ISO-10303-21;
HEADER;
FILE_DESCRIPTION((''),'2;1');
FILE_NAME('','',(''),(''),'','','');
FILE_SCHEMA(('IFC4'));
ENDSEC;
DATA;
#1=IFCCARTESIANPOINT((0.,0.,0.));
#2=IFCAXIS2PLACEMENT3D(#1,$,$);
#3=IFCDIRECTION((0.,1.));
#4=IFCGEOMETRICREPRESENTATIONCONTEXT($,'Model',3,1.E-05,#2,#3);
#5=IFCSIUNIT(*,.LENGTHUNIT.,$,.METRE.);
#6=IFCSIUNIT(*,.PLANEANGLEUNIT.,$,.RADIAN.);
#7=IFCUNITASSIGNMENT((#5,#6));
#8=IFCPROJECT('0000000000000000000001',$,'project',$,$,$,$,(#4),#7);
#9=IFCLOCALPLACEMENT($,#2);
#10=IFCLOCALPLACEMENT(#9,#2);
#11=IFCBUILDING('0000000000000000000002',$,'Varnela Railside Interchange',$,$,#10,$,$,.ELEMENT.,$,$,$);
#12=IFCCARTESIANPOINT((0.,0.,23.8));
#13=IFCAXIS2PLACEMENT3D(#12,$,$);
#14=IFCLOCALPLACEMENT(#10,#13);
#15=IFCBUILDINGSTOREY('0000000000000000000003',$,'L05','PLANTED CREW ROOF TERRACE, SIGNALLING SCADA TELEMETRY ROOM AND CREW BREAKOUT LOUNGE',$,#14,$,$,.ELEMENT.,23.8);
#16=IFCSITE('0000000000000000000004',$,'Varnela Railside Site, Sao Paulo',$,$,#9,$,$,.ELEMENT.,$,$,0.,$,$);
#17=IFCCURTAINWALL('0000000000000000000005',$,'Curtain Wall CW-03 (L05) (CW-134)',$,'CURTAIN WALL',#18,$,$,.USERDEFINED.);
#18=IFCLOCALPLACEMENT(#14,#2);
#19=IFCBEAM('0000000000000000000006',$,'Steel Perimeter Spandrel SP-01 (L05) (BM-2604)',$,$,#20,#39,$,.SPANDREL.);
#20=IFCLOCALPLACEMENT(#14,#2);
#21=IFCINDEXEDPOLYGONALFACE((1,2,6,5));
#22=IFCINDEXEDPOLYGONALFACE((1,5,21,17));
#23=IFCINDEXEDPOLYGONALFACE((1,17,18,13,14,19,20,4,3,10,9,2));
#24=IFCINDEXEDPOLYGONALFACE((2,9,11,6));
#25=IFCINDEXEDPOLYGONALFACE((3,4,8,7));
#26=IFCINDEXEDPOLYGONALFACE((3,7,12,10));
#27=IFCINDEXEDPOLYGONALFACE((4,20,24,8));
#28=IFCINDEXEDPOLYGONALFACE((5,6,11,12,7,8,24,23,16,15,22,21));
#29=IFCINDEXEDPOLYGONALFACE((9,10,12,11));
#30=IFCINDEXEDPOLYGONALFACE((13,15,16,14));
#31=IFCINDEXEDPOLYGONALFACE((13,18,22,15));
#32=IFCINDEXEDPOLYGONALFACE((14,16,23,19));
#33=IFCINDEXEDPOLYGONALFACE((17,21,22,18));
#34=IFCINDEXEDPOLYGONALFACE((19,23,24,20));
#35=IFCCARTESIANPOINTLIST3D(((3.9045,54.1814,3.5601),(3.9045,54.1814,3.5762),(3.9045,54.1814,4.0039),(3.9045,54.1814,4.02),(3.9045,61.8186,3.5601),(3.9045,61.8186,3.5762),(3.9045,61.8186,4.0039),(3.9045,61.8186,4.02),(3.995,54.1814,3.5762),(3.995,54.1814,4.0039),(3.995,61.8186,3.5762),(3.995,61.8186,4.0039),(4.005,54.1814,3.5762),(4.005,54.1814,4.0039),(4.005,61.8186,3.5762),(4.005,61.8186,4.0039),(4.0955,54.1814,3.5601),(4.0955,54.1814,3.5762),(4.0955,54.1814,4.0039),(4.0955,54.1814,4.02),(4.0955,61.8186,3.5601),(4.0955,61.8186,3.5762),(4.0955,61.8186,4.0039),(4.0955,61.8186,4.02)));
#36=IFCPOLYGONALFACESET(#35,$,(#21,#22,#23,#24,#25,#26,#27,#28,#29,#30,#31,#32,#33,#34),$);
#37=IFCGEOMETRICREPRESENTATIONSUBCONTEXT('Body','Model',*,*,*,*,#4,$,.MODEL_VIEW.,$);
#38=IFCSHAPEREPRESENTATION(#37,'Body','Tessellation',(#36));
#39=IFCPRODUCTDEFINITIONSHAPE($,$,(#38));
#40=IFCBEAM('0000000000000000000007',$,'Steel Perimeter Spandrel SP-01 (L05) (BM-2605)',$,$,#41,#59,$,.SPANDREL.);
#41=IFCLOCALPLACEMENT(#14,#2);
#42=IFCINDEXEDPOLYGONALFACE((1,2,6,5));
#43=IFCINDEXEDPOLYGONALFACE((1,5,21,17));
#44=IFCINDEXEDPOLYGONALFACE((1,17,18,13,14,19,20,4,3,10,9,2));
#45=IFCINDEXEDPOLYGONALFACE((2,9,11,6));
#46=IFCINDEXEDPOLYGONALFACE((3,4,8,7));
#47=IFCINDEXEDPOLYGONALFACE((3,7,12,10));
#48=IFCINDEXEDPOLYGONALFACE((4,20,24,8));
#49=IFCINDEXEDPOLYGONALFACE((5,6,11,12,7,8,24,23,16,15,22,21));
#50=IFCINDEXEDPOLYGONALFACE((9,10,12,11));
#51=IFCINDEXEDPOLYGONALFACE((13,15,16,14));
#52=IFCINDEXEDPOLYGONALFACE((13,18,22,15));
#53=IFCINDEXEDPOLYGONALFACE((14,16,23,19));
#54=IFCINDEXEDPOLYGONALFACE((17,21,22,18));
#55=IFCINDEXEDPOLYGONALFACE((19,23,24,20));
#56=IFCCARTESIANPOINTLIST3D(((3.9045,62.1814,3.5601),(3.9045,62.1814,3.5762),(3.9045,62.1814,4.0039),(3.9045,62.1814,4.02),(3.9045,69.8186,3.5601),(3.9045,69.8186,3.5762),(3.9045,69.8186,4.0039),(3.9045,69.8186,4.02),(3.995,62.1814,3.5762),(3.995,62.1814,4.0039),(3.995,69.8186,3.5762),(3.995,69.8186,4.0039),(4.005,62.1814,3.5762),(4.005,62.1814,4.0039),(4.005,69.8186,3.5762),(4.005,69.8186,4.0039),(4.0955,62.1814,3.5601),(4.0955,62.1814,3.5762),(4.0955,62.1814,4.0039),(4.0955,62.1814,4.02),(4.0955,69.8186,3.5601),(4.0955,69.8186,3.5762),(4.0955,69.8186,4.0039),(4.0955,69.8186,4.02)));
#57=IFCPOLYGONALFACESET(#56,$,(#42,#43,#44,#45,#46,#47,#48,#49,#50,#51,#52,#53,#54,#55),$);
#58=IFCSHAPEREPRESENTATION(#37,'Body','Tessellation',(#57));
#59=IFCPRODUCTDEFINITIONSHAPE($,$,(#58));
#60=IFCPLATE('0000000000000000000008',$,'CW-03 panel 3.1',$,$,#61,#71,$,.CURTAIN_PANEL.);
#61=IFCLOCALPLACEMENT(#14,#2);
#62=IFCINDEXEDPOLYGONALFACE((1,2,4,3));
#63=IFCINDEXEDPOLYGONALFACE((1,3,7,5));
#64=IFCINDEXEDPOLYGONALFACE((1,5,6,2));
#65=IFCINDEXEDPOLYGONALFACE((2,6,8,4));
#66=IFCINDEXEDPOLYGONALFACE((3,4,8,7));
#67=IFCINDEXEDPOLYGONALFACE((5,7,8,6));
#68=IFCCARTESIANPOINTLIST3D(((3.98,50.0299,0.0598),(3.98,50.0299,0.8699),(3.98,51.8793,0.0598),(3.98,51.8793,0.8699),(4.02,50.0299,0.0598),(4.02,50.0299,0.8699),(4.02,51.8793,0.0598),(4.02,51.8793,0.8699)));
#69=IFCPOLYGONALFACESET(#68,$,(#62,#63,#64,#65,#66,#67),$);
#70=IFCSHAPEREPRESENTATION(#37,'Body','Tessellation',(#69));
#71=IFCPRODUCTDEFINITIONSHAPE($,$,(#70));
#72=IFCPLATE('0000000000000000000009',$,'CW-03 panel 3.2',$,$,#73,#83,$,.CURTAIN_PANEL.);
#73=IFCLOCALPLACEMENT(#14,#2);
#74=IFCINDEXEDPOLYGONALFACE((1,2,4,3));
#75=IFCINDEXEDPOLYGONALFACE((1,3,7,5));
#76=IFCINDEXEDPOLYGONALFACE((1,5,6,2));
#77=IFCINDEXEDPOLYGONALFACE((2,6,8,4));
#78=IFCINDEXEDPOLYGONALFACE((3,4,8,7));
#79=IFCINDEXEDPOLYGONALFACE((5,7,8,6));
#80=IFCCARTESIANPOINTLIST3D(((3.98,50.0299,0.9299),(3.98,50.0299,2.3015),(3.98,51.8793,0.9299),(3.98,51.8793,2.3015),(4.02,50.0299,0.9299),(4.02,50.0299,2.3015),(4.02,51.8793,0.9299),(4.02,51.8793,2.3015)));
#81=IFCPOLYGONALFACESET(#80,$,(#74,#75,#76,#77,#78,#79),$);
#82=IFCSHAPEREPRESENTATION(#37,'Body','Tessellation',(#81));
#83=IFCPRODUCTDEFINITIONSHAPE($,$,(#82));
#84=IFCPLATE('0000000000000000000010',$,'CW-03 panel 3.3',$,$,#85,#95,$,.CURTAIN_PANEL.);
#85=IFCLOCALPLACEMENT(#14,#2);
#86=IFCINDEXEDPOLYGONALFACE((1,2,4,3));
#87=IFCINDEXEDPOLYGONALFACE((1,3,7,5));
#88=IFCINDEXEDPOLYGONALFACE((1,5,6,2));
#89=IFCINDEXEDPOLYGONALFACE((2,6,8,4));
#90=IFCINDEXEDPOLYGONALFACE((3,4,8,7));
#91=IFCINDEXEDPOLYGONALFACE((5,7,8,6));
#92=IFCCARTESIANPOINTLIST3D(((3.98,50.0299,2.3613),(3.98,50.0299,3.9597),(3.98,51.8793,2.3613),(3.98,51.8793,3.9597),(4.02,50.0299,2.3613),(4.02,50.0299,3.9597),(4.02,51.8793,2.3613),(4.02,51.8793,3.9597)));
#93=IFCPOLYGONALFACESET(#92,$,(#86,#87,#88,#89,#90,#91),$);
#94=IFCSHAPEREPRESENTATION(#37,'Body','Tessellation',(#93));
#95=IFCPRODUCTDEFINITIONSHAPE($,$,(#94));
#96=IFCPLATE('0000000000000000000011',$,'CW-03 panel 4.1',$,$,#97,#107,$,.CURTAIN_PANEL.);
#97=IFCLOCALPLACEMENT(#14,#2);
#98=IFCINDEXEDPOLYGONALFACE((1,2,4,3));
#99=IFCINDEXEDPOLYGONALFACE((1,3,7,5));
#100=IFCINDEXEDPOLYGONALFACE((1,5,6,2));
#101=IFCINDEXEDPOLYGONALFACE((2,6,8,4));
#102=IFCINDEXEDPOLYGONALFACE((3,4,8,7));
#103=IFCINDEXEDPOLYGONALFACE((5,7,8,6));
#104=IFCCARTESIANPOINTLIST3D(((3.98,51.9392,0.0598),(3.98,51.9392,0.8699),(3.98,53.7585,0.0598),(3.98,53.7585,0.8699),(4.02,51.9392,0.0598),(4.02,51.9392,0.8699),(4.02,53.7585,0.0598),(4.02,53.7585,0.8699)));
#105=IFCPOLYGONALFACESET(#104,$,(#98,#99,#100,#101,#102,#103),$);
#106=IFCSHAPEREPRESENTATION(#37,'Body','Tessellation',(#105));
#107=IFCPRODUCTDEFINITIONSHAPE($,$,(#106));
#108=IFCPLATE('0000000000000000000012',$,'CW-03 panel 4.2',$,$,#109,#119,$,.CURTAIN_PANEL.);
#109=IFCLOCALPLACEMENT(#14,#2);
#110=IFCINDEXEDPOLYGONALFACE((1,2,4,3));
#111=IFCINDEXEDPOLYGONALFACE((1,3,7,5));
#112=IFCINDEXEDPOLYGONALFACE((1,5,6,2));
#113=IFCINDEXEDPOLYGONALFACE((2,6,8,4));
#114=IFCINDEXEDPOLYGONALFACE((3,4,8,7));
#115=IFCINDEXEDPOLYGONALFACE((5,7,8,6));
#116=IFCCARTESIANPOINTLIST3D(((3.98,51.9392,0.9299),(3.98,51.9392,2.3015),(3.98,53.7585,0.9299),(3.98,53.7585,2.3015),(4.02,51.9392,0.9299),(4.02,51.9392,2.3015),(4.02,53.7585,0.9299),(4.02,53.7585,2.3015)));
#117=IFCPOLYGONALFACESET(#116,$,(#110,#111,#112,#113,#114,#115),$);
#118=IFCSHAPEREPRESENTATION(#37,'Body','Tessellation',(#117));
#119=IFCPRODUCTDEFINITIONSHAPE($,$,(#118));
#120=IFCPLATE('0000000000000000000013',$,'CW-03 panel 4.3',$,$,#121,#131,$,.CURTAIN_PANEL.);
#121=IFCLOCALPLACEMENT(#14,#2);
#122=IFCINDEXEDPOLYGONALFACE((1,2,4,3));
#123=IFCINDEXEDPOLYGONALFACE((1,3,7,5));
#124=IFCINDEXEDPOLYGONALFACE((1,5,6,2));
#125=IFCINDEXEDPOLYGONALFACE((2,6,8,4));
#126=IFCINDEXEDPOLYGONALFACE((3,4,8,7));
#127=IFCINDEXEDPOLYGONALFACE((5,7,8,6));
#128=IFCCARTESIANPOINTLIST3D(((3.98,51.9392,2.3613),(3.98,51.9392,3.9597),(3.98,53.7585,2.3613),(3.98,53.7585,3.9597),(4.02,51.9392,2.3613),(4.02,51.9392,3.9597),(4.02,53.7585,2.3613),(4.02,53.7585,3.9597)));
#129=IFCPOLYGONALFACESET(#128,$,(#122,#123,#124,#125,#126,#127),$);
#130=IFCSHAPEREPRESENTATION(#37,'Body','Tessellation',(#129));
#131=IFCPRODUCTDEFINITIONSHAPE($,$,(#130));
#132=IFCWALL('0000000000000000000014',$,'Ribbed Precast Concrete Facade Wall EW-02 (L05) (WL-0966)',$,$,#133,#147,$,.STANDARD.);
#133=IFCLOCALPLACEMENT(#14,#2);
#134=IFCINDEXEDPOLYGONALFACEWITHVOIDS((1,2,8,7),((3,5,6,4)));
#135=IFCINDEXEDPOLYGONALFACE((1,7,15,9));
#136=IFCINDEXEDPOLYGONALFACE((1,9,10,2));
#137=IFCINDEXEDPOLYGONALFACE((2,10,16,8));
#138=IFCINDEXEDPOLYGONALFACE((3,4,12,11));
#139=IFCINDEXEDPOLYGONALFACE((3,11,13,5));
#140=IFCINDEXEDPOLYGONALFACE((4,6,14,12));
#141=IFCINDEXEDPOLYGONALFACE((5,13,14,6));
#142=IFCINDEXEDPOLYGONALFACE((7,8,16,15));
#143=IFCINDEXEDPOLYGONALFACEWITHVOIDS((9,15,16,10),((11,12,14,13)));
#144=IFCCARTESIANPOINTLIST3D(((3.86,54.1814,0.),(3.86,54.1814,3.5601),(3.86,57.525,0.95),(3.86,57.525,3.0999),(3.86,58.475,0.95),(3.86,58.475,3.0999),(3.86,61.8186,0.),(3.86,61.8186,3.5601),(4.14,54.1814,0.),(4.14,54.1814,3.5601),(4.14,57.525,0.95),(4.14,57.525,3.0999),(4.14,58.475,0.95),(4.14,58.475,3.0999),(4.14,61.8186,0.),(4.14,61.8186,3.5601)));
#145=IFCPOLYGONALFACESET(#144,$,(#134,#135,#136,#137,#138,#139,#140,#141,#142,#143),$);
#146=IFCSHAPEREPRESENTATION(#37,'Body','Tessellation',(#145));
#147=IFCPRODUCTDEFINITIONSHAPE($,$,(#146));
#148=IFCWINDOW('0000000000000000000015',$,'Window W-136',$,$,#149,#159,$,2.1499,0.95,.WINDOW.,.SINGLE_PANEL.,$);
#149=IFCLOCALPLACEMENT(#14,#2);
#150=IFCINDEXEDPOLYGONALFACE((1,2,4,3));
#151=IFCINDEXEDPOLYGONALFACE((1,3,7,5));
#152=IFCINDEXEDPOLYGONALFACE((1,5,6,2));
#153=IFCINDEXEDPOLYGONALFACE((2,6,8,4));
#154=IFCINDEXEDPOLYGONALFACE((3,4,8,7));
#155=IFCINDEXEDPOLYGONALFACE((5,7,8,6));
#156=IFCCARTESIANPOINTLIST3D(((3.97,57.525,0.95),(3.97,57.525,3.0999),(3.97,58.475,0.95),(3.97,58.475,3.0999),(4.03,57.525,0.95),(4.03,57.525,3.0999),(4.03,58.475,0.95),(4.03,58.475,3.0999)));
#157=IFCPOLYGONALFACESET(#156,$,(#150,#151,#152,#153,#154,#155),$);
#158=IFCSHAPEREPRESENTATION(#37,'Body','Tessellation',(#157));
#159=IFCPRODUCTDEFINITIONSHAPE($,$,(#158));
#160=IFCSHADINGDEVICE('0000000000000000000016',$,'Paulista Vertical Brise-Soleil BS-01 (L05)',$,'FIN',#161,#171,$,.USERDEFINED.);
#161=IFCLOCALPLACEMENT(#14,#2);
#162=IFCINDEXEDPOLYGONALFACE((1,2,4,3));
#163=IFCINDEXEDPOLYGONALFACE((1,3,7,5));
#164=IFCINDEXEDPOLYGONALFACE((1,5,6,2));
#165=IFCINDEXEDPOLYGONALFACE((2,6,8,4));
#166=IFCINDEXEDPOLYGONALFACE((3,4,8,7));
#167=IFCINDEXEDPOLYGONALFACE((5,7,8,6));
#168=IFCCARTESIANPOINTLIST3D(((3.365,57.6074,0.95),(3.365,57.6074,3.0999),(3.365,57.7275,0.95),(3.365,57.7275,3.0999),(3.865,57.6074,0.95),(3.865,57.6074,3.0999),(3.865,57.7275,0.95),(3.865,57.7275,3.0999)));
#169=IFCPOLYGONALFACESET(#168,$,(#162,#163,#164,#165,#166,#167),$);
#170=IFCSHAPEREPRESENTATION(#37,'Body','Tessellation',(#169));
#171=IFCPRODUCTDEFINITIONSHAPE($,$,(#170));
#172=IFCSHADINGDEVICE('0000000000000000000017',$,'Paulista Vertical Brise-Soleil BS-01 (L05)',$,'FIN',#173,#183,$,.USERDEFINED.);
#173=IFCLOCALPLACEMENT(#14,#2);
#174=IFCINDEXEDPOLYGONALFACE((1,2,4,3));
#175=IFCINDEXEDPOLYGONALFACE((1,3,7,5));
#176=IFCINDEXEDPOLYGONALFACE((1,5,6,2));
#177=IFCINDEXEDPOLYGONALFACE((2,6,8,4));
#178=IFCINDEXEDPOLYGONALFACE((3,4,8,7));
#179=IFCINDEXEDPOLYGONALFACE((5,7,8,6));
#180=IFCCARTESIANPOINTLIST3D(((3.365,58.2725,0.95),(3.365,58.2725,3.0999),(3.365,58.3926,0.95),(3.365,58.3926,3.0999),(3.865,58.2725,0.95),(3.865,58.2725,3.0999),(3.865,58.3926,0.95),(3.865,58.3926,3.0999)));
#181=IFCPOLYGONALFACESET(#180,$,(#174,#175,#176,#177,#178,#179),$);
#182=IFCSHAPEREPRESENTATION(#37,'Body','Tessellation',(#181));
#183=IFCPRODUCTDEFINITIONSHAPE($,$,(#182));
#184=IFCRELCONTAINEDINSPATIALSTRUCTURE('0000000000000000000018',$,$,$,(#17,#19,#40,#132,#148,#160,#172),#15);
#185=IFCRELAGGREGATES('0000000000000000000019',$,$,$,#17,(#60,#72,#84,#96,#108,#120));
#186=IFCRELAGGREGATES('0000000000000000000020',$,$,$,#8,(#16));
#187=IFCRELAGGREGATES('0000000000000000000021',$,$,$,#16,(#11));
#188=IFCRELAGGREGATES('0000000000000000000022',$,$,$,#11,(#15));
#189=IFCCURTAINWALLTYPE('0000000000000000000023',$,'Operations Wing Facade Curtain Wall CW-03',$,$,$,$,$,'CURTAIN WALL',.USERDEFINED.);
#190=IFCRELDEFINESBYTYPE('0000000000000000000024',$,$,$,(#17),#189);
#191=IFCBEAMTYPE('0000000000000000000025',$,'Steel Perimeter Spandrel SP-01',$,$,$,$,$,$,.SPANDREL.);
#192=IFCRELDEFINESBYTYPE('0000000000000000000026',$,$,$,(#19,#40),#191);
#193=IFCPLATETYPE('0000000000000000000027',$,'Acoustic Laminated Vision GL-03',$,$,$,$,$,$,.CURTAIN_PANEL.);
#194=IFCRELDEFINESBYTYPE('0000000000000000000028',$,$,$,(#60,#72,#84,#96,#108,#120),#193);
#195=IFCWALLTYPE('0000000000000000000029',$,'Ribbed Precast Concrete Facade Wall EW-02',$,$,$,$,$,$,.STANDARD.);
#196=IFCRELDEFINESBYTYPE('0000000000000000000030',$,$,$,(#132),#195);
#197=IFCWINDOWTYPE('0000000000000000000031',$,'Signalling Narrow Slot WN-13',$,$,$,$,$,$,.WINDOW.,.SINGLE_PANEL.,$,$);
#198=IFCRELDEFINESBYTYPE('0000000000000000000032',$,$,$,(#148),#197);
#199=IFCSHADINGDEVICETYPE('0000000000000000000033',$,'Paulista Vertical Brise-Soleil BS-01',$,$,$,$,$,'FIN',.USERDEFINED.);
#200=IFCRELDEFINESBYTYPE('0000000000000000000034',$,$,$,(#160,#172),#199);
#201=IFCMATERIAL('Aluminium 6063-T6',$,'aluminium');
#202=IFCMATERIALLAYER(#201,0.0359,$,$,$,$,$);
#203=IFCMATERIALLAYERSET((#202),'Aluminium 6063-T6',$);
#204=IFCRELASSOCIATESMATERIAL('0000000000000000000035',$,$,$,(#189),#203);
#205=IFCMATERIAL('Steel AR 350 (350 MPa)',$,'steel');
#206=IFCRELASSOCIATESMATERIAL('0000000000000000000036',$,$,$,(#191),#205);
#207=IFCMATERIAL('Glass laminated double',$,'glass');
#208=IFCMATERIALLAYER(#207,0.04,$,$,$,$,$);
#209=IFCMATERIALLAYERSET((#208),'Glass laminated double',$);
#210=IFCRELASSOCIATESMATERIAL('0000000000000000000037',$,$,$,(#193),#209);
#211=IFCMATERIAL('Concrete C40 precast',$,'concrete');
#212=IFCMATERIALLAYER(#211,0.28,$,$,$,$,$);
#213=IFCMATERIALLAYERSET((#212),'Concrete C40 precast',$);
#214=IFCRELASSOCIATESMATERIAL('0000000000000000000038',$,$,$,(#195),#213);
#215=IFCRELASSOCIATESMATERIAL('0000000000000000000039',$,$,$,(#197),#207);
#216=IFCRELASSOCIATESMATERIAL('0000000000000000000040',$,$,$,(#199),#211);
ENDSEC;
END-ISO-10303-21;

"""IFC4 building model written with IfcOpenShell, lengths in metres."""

from ifc_helpers import new_model, si_unit, direction, frame, frame_2d, origin, origin_2d, place, context, subcontext, project, spatial, rectangle, i_section, extrude, material, layer, layer_set, material_profile, profile_set, type_object, element, fill, aggregate, save


model = new_model("IFC4")

# Units and contexts
model_context = context("Model", 3, precision=1e-05, world=origin(), true_north=direction((0.0, 1.0)))
body_context = subcontext(model_context, "Body", "Model", "MODEL_VIEW")
ifc_project = project(units=[si_unit("LENGTHUNIT", "METRE"), si_unit("PLANEANGLEUNIT", "RADIAN")], contexts=[model_context])

# Site, building, storey
site_placement = place(None, origin())
site = spatial("IfcSite", under=ifc_project, at=site_placement, Name="Varnela Railside Site, Sao Paulo", CompositionType="ELEMENT", RefElevation=0.0)
building_placement = place(site_placement, origin())
building = spatial("IfcBuilding", under=site, at=building_placement, Name="Varnela Railside Interchange", CompositionType="ELEMENT")
storey_placement = place(building_placement, frame((0.0, 0.0, 23.8)))
storey = spatial("IfcBuildingStorey", under=building, at=storey_placement, Name="L05", Description="PLANTED CREW ROOF TERRACE, SIGNALLING SCADA TELEMETRY ROOM AND CREW BREAKOUT LOUNGE", CompositionType="ELEMENT", Elevation=23.8)

# Shared definitions
ifc_material_1 = material(Name="Steel AR 350 (350 MPa)", Category="steel")

# Curtain wall
ifc_material_2 = material(Name="Aluminium 6063-T6", Category="aluminium")
ifc_layer_1 = layer(ifc_material_2, 0.0359)
ifc_layer_set_1 = layer_set([ifc_layer_1], Name="Aluminium 6063-T6")
curtain_wall_type = type_object("IfcCurtainWallType", Name="Operations Wing Facade Curtain Wall CW-03", ElementType="CURTAIN WALL", PredefinedType="USERDEFINED", material=ifc_layer_set_1)
curtain_wall_1_placement = place(storey_placement, origin())
curtain_wall_1 = element("IfcCurtainWall", 1, at=curtain_wall_1_placement, inside=storey, type_object=curtain_wall_type, Name="Curtain Wall CW-03 (L05) (CW-134)", ObjectType="CURTAIN WALL", PredefinedType="USERDEFINED")

# Beams
ifc_material_profile_1 = material_profile(ifc_material_1, i_section(OverallWidth=0.1909, OverallDepth=0.46, WebThickness=0.01, FlangeThickness=0.0161, at=origin_2d()), Name="W460x82")
ifc_profile_set_1 = profile_set([ifc_material_profile_1], Name="Steel AR 350 (350 MPa)")
beam_type = type_object("IfcBeamType", Name="Steel Perimeter Spandrel SP-01", PredefinedType="SPANDREL", material=ifc_profile_set_1)
for number, where, z_axis, x_axis, name in (
    (2, (4.0, 54.1814, 3.79), (0.0, 1.0, 0.0), (-1.0, 0.0, 0.0), "Steel Perimeter Spandrel SP-01 (L05) (BM-2604)"),
    (3, (4.0, 62.1814, 3.79), (0.0, 1.0, 0.0), (-1.0, 0.0, 0.0), "Steel Perimeter Spandrel SP-01 (L05) (BM-2605)"),
):
    element("IfcBeam", number, at=place(storey_placement, frame(where, z_axis=z_axis, x_axis=x_axis)), inside=storey, type_object=beam_type, Name=name, PredefinedType="SPANDREL", context=body_context, shape_type="SweptSolid", body=[
        extrude(i_section(OverallWidth=0.1909, OverallDepth=0.46, WebThickness=0.01, FlangeThickness=0.0161, at=origin_2d()), origin(), (0.0, 0.0, 1.0), 7.6372),
    ])

# Plates
ifc_material_3 = material(Name="Glass laminated double", Category="glass")
ifc_layer_2 = layer(ifc_material_3, 0.04)
ifc_layer_set_2 = layer_set([ifc_layer_2], Name="Glass laminated double")
plate_type = type_object("IfcPlateType", Name="Acoustic Laminated Vision GL-03", PredefinedType="CURTAIN_PANEL", material=ifc_layer_set_2)
plate_1_placement = place(storey_placement, frame((4.0, 50.9546, 0.0598), z_axis=(0.0, 0.0, 1.0), x_axis=(0.0, 1.0, 0.0)))
plate_1 = element("IfcPlate", 4, at=plate_1_placement, type_object=plate_type, Name="CW-03 panel 3.1", PredefinedType="CURTAIN_PANEL", context=body_context, shape_type="SweptSolid", body=[
    extrude(rectangle(XDim=1.8494, YDim=0.04, at=origin_2d()), origin(), (0.0, 0.0, 1.0), 0.8101),
])
plate_2_placement = place(storey_placement, frame((4.0, 50.9546, 0.9299), z_axis=(0.0, 0.0, 1.0), x_axis=(0.0, 1.0, 0.0)))
plate_2 = element("IfcPlate", 5, at=plate_2_placement, type_object=plate_type, Name="CW-03 panel 3.2", PredefinedType="CURTAIN_PANEL", context=body_context, shape_type="SweptSolid", body=[
    extrude(rectangle(XDim=1.8494, YDim=0.04, at=origin_2d()), origin(), (0.0, 0.0, 1.0), 1.3716),
])
plate_3_placement = place(storey_placement, frame((4.0, 50.9546, 2.3613), z_axis=(0.0, 0.0, 1.0), x_axis=(0.0, 1.0, 0.0)))
plate_3 = element("IfcPlate", 6, at=plate_3_placement, type_object=plate_type, Name="CW-03 panel 3.3", PredefinedType="CURTAIN_PANEL", context=body_context, shape_type="SweptSolid", body=[
    extrude(rectangle(XDim=1.8494, YDim=0.04, at=origin_2d()), origin(), (0.0, 0.0, 1.0), 1.5984),
])
plate_4_placement = place(storey_placement, frame((4.0, 52.8489, 0.0598), z_axis=(0.0, 0.0, 1.0), x_axis=(0.0, 1.0, 0.0)))
plate_4 = element("IfcPlate", 7, at=plate_4_placement, type_object=plate_type, Name="CW-03 panel 4.1", PredefinedType="CURTAIN_PANEL", context=body_context, shape_type="SweptSolid", body=[
    extrude(rectangle(XDim=1.8193, YDim=0.04, at=origin_2d()), origin(), (0.0, 0.0, 1.0), 0.8101),
])
plate_5_placement = place(storey_placement, frame((4.0, 52.8489, 0.9299), z_axis=(0.0, 0.0, 1.0), x_axis=(0.0, 1.0, 0.0)))
plate_5 = element("IfcPlate", 8, at=plate_5_placement, type_object=plate_type, Name="CW-03 panel 4.2", PredefinedType="CURTAIN_PANEL", context=body_context, shape_type="SweptSolid", body=[
    extrude(rectangle(XDim=1.8193, YDim=0.04, at=origin_2d()), origin(), (0.0, 0.0, 1.0), 1.3716),
])
plate_6_placement = place(storey_placement, frame((4.0, 52.8489, 2.3613), z_axis=(0.0, 0.0, 1.0), x_axis=(0.0, 1.0, 0.0)))
plate_6 = element("IfcPlate", 9, at=plate_6_placement, type_object=plate_type, Name="CW-03 panel 4.3", PredefinedType="CURTAIN_PANEL", context=body_context, shape_type="SweptSolid", body=[
    extrude(rectangle(XDim=1.8193, YDim=0.04, at=origin_2d()), origin(), (0.0, 0.0, 1.0), 1.5984),
])
aggregate(curtain_wall_1, [plate_1, plate_2, plate_3, plate_4, plate_5, plate_6])

# Wall, opening, window
ifc_material_4 = material(Name="Concrete C40 precast", Category="concrete")
ifc_layer_3 = layer(ifc_material_4, 0.28)
ifc_layer_set_3 = layer_set([ifc_layer_3], Name="Concrete C40 precast")
wall_type = type_object("IfcWallType", Name="Ribbed Precast Concrete Facade Wall EW-02", PredefinedType="STANDARD", material=ifc_layer_set_3)
wall_placement = place(storey_placement, frame((4.0, 54.1814, 0.0), z_axis=(0.0, 0.0, 1.0), x_axis=(0.0, 1.0, 0.0)))
wall = element("IfcWall", 10, at=wall_placement, inside=storey, type_object=wall_type, Name="Ribbed Precast Concrete Facade Wall EW-02 (L05) (WL-0966)", PredefinedType="STANDARD", context=body_context, shape_type="SweptSolid", body=[
    extrude(rectangle(XDim=7.6372, YDim=0.28, at=frame_2d((3.8186, 0.0))), origin(), (0.0, 0.0, 1.0), 3.5601),
])
opening_placement = place(wall_placement, frame((3.3435, 0.0, 0.95)))
opening = element("IfcOpeningElement", 11, at=opening_placement, cuts=wall, PredefinedType="OPENING", context=body_context, shape_type="SweptSolid", body=[
    extrude(rectangle(XDim=0.95, YDim=2.1499, at=frame_2d((0.4751, 1.075))), frame((0.0, 0.1499, 0.0), z_axis=(0.0, -1.0, 0.0), x_axis=(1.0, 0.0, 0.0)), (0.0, 0.0, 1.0), 0.3),
])
window_type = type_object("IfcWindowType", Name="Signalling Narrow Slot WN-13", PartitioningType="SINGLE_PANEL", PredefinedType="WINDOW", material=ifc_material_3)
window_placement = place(opening_placement, origin())
window = element("IfcWindow", 12, at=window_placement, inside=storey, type_object=window_type, Name="Window W-136", OverallHeight=2.1499, OverallWidth=0.95, PartitioningType="SINGLE_PANEL", PredefinedType="WINDOW", context=body_context, shape_type="SweptSolid", body=[
    extrude(rectangle(XDim=0.95, YDim=2.1499, at=frame_2d((0.4751, 1.075))), frame((0.0, 0.03, 0.0), z_axis=(0.0, -1.0, 0.0), x_axis=(1.0, 0.0, 0.0)), (0.0, 0.0, 1.0), 0.0601),
])
fill(opening, window)

# Shading devices
shading_device_type = type_object("IfcShadingDeviceType", Name="Paulista Vertical Brise-Soleil BS-01", ElementType="FIN", PredefinedType="USERDEFINED", material=ifc_material_4)
for number, where, z_axis, x_axis, name in (
    (13, (3.615, 57.6675, 0.95), (0.0, 0.0, 1.0), (-1.0, 0.0, 0.0), "Paulista Vertical Brise-Soleil BS-01 (L05)"),
    (14, (3.615, 58.3325, 0.95), (0.0, 0.0, 1.0), (-1.0, 0.0, 0.0), "Paulista Vertical Brise-Soleil BS-01 (L05)"),
):
    element("IfcShadingDevice", number, at=place(storey_placement, frame(where, z_axis=z_axis, x_axis=x_axis)), inside=storey, type_object=shading_device_type, Name=name, ObjectType="FIN", PredefinedType="USERDEFINED", context=body_context, shape_type="SweptSolid", body=[
        extrude(rectangle(XDim=0.5, YDim=0.1201, at=origin_2d()), origin(), (0.0, 0.0, 1.0), 2.1499),
    ])

save(model, "model.ifc")
